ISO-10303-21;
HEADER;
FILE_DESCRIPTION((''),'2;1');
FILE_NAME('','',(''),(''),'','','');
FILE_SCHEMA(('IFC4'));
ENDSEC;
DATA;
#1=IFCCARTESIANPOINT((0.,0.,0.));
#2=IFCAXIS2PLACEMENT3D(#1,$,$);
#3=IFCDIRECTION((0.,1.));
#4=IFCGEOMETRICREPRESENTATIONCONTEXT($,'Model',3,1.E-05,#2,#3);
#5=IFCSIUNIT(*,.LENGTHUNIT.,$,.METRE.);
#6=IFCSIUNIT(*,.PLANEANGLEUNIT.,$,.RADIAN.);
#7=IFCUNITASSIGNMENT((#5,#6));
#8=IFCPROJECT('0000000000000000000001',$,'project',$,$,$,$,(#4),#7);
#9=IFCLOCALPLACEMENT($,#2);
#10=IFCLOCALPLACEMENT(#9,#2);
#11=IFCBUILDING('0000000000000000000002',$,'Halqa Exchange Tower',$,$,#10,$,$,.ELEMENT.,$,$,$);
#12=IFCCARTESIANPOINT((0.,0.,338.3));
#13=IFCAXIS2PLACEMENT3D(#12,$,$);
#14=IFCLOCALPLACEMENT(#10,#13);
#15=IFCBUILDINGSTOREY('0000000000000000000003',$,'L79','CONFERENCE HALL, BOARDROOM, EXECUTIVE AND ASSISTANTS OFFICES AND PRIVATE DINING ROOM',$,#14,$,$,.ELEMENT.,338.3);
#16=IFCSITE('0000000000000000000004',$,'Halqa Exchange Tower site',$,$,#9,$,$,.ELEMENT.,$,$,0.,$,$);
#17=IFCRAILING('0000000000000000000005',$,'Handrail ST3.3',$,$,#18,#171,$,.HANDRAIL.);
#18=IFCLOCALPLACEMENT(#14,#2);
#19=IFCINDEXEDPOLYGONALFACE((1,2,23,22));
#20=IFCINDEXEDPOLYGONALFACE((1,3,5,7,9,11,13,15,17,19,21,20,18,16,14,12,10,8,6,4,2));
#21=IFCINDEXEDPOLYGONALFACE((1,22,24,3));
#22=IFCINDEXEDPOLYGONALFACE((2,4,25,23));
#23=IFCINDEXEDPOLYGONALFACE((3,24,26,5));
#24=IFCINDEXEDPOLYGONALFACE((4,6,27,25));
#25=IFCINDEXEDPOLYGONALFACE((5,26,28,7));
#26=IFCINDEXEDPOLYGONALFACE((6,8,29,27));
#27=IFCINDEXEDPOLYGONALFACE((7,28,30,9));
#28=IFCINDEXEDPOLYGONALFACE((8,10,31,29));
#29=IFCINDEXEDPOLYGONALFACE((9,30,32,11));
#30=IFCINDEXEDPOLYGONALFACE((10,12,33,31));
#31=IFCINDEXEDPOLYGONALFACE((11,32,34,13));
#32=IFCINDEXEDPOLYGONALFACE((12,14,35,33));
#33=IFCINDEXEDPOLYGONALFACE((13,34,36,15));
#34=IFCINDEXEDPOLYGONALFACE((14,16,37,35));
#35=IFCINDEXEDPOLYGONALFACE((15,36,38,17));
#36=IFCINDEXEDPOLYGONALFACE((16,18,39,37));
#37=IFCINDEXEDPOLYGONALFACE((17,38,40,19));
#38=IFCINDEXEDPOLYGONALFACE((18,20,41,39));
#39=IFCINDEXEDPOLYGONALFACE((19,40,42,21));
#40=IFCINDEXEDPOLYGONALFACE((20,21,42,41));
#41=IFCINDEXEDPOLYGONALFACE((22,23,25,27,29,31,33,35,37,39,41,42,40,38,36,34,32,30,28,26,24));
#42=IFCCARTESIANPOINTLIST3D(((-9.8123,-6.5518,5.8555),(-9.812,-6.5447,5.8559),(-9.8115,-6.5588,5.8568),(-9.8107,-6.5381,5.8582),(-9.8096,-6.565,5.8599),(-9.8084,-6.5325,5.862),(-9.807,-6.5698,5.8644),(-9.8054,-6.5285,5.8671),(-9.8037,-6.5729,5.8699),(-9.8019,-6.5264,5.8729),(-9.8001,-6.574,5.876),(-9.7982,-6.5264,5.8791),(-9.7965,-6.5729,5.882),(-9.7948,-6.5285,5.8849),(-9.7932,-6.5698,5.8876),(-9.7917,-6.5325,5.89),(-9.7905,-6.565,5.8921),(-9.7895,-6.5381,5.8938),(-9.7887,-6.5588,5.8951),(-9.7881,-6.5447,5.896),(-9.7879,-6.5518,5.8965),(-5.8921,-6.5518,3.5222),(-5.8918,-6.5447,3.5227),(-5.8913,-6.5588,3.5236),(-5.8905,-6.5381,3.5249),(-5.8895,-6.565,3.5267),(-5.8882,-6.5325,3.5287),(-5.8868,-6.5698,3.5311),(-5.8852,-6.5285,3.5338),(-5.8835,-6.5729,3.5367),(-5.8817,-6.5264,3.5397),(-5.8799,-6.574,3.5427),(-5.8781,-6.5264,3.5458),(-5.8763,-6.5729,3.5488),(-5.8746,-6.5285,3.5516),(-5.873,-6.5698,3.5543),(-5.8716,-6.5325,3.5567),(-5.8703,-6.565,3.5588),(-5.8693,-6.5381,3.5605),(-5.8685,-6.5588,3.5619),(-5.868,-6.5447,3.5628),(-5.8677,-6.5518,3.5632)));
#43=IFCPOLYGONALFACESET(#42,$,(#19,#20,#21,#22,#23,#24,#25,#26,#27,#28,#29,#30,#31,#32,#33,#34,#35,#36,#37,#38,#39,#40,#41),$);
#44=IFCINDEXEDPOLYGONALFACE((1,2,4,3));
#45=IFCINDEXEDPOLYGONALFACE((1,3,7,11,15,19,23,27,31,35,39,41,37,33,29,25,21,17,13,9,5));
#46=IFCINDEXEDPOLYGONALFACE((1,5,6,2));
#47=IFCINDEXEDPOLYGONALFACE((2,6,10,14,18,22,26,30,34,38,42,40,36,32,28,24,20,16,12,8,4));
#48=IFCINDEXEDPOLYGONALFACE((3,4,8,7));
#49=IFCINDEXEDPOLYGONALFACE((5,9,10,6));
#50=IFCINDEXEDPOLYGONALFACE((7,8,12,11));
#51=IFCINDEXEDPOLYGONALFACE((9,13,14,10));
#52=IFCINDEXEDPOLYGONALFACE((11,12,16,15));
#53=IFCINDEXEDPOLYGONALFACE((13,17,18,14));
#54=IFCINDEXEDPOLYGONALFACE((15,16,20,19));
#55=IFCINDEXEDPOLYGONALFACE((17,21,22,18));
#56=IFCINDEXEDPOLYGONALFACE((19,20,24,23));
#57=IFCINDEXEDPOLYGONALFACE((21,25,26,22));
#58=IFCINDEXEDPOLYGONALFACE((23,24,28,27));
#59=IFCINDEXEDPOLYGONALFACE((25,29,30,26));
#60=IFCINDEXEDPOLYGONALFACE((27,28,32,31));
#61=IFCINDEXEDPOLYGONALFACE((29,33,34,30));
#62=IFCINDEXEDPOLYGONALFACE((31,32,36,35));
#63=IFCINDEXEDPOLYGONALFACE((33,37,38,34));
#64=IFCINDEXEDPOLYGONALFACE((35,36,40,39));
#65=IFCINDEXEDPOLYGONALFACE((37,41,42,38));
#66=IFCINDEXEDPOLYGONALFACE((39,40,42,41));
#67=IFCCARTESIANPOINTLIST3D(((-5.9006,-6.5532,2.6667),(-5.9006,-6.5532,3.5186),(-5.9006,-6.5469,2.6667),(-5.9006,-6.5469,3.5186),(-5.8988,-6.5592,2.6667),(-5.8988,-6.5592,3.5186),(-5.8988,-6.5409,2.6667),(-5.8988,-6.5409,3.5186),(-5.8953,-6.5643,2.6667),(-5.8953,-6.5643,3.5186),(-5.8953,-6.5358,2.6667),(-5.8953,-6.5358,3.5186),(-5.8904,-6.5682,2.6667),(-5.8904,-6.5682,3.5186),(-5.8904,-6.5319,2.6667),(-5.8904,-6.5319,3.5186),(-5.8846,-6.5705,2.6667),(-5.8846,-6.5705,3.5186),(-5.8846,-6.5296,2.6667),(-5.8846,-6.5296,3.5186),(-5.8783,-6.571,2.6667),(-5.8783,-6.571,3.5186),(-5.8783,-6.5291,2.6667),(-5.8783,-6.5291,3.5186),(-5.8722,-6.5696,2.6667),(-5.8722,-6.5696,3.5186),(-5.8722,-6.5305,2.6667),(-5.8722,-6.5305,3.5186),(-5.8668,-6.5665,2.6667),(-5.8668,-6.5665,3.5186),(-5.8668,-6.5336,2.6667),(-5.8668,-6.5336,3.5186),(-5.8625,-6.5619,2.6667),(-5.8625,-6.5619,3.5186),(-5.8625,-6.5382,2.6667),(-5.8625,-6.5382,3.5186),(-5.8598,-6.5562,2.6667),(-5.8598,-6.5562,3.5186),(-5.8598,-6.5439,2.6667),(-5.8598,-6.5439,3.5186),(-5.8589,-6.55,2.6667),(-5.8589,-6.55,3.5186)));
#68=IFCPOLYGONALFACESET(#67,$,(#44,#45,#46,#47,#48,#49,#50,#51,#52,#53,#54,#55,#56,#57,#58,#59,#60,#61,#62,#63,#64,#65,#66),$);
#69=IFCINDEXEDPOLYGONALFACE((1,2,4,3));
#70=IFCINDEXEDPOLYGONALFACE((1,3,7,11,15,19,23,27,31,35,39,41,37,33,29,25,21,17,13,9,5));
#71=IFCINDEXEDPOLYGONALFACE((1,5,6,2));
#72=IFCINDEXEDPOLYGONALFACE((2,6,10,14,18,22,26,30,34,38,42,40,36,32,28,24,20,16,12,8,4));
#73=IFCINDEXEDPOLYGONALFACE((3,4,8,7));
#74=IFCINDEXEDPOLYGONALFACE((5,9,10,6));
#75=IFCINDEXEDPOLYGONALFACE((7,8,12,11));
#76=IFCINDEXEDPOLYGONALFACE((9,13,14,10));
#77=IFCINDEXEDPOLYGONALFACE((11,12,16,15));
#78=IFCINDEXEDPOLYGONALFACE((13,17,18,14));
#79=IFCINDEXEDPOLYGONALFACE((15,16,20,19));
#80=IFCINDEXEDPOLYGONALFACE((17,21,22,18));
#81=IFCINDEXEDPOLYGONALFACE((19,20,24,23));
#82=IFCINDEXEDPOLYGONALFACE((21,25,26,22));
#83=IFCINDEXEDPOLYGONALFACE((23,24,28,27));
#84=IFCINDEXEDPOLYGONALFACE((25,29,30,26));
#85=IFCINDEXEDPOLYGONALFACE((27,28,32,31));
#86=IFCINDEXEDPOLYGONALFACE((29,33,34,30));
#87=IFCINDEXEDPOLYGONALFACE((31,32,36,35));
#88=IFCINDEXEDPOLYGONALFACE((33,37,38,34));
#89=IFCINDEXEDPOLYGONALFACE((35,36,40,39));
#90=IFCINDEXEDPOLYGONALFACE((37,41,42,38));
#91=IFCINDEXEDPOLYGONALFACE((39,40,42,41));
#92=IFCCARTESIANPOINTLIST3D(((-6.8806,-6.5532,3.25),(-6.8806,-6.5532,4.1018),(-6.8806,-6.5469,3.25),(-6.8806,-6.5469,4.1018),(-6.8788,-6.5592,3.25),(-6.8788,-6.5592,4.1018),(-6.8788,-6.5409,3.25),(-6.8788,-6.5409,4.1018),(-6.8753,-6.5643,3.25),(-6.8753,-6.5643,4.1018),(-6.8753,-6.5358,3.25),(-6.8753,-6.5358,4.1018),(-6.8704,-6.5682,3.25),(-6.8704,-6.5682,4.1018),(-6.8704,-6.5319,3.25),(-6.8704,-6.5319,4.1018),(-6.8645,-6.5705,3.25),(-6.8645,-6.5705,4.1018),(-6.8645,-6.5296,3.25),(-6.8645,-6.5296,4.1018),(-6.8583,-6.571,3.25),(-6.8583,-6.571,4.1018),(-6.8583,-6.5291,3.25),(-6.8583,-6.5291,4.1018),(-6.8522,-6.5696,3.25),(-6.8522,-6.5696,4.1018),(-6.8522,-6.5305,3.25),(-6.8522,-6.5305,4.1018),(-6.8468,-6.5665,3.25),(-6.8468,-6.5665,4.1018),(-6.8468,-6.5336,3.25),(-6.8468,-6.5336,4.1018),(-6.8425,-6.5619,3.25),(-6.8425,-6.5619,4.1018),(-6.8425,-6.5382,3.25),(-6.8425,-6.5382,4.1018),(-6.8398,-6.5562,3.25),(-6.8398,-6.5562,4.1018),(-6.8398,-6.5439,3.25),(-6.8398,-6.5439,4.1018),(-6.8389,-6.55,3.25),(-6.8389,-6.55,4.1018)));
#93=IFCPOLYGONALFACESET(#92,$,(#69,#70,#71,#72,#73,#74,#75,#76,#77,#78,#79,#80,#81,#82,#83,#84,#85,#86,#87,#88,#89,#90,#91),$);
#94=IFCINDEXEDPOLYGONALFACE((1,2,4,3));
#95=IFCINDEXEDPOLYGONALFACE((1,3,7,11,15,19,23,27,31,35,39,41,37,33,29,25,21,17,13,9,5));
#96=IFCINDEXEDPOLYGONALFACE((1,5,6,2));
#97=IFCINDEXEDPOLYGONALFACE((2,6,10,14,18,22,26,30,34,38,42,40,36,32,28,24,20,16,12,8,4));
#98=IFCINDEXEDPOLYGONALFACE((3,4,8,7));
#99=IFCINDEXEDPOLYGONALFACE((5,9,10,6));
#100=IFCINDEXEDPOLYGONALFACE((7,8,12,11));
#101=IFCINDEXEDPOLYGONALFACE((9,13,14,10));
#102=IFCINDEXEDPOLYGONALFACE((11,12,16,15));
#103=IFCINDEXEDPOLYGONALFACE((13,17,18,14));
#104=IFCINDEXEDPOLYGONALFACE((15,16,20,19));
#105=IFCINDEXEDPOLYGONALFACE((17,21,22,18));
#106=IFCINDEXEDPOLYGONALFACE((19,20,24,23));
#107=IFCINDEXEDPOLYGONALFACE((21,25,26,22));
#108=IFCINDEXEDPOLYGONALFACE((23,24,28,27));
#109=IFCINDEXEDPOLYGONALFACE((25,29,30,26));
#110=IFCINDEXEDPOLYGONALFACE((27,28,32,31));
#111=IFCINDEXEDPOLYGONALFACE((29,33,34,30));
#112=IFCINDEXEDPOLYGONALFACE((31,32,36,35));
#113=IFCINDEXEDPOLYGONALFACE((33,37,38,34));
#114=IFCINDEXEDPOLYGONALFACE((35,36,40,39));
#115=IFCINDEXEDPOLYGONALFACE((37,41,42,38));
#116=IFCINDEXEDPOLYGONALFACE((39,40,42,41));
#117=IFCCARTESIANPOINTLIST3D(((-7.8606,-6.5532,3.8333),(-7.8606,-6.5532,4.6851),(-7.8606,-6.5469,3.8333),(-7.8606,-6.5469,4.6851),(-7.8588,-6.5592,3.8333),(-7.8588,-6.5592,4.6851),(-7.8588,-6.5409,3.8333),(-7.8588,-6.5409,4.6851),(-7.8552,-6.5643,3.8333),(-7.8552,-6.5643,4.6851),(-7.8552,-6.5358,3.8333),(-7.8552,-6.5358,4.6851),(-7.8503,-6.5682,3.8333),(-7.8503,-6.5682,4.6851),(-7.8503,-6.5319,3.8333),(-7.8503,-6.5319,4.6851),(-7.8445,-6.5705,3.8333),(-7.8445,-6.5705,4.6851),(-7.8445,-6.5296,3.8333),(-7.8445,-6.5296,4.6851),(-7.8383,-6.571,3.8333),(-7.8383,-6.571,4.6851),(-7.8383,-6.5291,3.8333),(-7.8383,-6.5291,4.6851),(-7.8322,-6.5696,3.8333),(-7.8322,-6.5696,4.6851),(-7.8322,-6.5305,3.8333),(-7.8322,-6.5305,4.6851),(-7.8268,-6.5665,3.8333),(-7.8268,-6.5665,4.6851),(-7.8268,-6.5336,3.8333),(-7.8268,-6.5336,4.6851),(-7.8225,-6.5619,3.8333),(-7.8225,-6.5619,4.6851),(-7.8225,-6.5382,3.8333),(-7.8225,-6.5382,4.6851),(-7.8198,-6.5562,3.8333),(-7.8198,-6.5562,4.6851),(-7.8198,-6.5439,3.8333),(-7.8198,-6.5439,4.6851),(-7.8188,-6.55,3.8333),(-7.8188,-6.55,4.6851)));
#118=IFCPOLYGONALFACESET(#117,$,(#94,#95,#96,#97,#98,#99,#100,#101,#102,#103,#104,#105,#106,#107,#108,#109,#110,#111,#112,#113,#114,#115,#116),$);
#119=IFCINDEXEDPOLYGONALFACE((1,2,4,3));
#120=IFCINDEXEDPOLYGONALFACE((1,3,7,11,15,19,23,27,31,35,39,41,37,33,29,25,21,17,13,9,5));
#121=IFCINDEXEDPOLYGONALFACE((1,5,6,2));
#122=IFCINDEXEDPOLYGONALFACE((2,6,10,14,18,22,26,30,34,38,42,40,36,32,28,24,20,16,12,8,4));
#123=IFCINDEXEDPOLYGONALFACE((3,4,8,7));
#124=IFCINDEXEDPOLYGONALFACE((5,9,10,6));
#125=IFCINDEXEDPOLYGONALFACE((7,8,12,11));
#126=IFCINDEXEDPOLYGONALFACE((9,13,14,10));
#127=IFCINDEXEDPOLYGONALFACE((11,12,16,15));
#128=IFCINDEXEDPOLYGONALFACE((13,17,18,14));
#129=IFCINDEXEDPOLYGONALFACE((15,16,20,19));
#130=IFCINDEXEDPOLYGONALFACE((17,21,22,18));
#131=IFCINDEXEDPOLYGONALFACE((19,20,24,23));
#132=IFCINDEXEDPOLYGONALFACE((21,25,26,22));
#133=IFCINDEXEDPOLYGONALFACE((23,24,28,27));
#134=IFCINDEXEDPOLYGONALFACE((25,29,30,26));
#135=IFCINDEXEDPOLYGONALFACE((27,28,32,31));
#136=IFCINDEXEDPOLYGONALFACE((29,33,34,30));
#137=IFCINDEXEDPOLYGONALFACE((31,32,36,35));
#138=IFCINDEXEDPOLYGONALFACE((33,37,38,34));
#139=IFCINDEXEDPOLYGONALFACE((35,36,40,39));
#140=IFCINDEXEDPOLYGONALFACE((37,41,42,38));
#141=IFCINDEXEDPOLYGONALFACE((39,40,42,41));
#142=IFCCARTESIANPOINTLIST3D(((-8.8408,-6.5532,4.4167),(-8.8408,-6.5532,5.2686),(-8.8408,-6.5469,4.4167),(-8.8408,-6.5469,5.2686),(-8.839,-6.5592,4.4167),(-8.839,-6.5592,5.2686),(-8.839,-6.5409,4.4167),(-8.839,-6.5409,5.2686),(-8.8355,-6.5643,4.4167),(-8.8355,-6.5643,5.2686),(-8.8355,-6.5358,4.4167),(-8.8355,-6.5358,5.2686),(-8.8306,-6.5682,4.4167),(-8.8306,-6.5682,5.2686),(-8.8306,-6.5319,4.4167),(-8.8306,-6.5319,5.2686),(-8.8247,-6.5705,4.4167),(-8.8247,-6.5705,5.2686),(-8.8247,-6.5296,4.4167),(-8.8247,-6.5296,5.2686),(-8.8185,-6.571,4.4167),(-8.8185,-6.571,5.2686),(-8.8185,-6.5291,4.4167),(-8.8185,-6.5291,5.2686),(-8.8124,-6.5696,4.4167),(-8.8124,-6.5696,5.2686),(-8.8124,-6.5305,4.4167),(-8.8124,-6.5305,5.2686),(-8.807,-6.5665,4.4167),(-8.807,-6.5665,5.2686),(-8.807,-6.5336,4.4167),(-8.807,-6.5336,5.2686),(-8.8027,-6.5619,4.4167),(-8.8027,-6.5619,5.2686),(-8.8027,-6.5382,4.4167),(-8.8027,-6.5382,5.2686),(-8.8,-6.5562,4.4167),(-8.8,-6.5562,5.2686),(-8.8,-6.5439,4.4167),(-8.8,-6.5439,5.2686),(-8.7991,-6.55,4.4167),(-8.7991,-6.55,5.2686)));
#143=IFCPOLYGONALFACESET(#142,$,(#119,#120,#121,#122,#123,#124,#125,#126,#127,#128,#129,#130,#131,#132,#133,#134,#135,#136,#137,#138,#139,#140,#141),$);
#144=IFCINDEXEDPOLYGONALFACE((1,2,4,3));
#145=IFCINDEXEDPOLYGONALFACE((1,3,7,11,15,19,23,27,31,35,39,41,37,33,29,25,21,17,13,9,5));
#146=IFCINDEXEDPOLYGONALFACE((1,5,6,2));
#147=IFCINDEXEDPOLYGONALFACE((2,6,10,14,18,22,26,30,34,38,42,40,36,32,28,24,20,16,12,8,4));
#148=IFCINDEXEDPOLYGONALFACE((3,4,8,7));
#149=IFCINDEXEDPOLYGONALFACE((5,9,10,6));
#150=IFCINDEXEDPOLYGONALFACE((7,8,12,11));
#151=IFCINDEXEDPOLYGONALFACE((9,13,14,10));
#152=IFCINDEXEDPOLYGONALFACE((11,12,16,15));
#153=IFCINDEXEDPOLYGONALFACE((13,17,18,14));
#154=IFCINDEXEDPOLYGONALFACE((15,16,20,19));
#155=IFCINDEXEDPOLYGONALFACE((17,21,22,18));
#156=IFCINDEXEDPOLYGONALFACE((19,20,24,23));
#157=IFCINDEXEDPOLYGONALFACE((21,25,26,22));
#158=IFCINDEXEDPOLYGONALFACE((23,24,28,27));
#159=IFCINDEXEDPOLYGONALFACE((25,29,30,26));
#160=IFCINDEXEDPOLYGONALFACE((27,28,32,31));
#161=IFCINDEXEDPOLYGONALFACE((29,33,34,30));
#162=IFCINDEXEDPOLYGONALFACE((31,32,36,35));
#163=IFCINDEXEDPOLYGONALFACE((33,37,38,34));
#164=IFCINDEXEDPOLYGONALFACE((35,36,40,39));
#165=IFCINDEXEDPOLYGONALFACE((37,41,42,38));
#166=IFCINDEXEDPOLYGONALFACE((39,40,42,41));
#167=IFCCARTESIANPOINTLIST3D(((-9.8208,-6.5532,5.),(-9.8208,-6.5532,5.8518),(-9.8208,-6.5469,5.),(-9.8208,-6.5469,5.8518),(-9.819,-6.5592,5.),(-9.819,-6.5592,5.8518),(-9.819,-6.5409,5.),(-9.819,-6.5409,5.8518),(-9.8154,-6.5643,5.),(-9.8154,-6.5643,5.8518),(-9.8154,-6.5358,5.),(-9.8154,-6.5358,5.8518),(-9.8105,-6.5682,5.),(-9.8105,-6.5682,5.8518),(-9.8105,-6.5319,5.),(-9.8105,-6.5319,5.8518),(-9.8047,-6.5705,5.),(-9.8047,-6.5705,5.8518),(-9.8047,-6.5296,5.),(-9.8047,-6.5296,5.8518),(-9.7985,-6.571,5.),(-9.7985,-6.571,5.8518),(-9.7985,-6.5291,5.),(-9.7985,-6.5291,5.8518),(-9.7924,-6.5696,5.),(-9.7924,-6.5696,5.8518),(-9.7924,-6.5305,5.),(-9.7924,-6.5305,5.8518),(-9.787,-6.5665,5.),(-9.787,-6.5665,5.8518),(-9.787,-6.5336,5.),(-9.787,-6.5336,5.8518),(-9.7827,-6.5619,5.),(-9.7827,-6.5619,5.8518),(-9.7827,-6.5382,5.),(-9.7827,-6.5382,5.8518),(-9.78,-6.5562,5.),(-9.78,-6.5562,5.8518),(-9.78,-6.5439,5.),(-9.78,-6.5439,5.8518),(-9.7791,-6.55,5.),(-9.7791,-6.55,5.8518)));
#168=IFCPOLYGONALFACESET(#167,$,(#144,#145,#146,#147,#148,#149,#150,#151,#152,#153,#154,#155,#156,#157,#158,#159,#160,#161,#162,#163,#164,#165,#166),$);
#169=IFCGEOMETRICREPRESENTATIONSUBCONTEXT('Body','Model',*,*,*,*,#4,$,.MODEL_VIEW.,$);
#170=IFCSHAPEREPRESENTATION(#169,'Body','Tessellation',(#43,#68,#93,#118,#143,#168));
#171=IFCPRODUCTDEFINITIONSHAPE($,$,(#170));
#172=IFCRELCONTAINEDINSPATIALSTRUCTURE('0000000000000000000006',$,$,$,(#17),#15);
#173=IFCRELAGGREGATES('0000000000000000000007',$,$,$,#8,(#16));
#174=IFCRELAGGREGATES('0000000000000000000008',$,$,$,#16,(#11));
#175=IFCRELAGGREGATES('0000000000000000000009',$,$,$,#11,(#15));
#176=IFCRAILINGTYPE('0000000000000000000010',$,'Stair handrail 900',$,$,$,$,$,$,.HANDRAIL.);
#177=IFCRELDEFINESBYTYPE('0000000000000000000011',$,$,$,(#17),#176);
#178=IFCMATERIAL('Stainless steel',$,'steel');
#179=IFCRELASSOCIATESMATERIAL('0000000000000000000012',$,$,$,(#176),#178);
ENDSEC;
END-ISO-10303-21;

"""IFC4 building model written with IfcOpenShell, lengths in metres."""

from ifc_helpers import new_model, si_unit, direction, frame, origin, origin_2d, place, context, subcontext, project, spatial, circle, extrude, material, type_object, element, save


model = new_model("IFC4")

# Units and contexts
model_context = context("Model", 3, precision=1e-05, world=origin(), true_north=direction((0.0, 1.0)))
body_context = subcontext(model_context, "Body", "Model", "MODEL_VIEW")
ifc_project = project(units=[si_unit("LENGTHUNIT", "METRE"), si_unit("PLANEANGLEUNIT", "RADIAN")], contexts=[model_context])

# Site, building, storey
site_placement = place(None, origin())
site = spatial("IfcSite", under=ifc_project, at=site_placement, Name="Halqa Exchange Tower site", CompositionType="ELEMENT", RefElevation=0.0)
building_placement = place(site_placement, origin())
building = spatial("IfcBuilding", under=site, at=building_placement, Name="Halqa Exchange Tower", CompositionType="ELEMENT")
storey_placement = place(building_placement, frame((0.0, 0.0, 338.3)))
storey = spatial("IfcBuildingStorey", under=building, at=storey_placement, Name="L79", Description="CONFERENCE HALL, BOARDROOM, EXECUTIVE AND ASSISTANTS OFFICES AND PRIVATE DINING ROOM", CompositionType="ELEMENT", Elevation=338.3)

# Shared definitions
ifc_material_1 = material(Name="Stainless steel", Category="steel")

# Railing
railing_type_1 = type_object("IfcRailingType", Name="Stair handrail 900", PredefinedType="HANDRAIL", material=ifc_material_1)
railing_1_placement = place(storey_placement, frame((-5.8799, -6.55, 2.6667)))
element("IfcRailing", 1, at=railing_1_placement, inside=storey, type_object=railing_type_1, Name="Handrail ST3.3", PredefinedType="HANDRAIL", context=body_context, shape_type="SweptSolid", body=[
    extrude(circle(Radius=0.0239, at=origin_2d()), frame((0.0, 0.0, 0.876), z_axis=(-0.85931, 0.0, 0.511455), x_axis=(0.0, -1.0, 0.0)), (0.0, 0.0, 1.0), 4.562),
    extrude(circle(Radius=0.021, at=origin_2d()), origin(), (0.0, 0.0, 1.0), 0.8518),
    extrude(circle(Radius=0.021, at=origin_2d()), frame((-0.98, 0.0, 0.5833)), (0.0, 0.0, 1.0), 0.8518),
    extrude(circle(Radius=0.021, at=origin_2d()), frame((-1.96, 0.0, 1.1665)), (0.0, 0.0, 1.0), 0.8518),
    extrude(circle(Radius=0.021, at=origin_2d()), frame((-2.9402, 0.0, 1.75)), (0.0, 0.0, 1.0), 0.8518),
    extrude(circle(Radius=0.021, at=origin_2d()), frame((-3.9202, 0.0, 2.3333)), (0.0, 0.0, 1.0), 0.8518),
])

save(model, "model.ifc")
